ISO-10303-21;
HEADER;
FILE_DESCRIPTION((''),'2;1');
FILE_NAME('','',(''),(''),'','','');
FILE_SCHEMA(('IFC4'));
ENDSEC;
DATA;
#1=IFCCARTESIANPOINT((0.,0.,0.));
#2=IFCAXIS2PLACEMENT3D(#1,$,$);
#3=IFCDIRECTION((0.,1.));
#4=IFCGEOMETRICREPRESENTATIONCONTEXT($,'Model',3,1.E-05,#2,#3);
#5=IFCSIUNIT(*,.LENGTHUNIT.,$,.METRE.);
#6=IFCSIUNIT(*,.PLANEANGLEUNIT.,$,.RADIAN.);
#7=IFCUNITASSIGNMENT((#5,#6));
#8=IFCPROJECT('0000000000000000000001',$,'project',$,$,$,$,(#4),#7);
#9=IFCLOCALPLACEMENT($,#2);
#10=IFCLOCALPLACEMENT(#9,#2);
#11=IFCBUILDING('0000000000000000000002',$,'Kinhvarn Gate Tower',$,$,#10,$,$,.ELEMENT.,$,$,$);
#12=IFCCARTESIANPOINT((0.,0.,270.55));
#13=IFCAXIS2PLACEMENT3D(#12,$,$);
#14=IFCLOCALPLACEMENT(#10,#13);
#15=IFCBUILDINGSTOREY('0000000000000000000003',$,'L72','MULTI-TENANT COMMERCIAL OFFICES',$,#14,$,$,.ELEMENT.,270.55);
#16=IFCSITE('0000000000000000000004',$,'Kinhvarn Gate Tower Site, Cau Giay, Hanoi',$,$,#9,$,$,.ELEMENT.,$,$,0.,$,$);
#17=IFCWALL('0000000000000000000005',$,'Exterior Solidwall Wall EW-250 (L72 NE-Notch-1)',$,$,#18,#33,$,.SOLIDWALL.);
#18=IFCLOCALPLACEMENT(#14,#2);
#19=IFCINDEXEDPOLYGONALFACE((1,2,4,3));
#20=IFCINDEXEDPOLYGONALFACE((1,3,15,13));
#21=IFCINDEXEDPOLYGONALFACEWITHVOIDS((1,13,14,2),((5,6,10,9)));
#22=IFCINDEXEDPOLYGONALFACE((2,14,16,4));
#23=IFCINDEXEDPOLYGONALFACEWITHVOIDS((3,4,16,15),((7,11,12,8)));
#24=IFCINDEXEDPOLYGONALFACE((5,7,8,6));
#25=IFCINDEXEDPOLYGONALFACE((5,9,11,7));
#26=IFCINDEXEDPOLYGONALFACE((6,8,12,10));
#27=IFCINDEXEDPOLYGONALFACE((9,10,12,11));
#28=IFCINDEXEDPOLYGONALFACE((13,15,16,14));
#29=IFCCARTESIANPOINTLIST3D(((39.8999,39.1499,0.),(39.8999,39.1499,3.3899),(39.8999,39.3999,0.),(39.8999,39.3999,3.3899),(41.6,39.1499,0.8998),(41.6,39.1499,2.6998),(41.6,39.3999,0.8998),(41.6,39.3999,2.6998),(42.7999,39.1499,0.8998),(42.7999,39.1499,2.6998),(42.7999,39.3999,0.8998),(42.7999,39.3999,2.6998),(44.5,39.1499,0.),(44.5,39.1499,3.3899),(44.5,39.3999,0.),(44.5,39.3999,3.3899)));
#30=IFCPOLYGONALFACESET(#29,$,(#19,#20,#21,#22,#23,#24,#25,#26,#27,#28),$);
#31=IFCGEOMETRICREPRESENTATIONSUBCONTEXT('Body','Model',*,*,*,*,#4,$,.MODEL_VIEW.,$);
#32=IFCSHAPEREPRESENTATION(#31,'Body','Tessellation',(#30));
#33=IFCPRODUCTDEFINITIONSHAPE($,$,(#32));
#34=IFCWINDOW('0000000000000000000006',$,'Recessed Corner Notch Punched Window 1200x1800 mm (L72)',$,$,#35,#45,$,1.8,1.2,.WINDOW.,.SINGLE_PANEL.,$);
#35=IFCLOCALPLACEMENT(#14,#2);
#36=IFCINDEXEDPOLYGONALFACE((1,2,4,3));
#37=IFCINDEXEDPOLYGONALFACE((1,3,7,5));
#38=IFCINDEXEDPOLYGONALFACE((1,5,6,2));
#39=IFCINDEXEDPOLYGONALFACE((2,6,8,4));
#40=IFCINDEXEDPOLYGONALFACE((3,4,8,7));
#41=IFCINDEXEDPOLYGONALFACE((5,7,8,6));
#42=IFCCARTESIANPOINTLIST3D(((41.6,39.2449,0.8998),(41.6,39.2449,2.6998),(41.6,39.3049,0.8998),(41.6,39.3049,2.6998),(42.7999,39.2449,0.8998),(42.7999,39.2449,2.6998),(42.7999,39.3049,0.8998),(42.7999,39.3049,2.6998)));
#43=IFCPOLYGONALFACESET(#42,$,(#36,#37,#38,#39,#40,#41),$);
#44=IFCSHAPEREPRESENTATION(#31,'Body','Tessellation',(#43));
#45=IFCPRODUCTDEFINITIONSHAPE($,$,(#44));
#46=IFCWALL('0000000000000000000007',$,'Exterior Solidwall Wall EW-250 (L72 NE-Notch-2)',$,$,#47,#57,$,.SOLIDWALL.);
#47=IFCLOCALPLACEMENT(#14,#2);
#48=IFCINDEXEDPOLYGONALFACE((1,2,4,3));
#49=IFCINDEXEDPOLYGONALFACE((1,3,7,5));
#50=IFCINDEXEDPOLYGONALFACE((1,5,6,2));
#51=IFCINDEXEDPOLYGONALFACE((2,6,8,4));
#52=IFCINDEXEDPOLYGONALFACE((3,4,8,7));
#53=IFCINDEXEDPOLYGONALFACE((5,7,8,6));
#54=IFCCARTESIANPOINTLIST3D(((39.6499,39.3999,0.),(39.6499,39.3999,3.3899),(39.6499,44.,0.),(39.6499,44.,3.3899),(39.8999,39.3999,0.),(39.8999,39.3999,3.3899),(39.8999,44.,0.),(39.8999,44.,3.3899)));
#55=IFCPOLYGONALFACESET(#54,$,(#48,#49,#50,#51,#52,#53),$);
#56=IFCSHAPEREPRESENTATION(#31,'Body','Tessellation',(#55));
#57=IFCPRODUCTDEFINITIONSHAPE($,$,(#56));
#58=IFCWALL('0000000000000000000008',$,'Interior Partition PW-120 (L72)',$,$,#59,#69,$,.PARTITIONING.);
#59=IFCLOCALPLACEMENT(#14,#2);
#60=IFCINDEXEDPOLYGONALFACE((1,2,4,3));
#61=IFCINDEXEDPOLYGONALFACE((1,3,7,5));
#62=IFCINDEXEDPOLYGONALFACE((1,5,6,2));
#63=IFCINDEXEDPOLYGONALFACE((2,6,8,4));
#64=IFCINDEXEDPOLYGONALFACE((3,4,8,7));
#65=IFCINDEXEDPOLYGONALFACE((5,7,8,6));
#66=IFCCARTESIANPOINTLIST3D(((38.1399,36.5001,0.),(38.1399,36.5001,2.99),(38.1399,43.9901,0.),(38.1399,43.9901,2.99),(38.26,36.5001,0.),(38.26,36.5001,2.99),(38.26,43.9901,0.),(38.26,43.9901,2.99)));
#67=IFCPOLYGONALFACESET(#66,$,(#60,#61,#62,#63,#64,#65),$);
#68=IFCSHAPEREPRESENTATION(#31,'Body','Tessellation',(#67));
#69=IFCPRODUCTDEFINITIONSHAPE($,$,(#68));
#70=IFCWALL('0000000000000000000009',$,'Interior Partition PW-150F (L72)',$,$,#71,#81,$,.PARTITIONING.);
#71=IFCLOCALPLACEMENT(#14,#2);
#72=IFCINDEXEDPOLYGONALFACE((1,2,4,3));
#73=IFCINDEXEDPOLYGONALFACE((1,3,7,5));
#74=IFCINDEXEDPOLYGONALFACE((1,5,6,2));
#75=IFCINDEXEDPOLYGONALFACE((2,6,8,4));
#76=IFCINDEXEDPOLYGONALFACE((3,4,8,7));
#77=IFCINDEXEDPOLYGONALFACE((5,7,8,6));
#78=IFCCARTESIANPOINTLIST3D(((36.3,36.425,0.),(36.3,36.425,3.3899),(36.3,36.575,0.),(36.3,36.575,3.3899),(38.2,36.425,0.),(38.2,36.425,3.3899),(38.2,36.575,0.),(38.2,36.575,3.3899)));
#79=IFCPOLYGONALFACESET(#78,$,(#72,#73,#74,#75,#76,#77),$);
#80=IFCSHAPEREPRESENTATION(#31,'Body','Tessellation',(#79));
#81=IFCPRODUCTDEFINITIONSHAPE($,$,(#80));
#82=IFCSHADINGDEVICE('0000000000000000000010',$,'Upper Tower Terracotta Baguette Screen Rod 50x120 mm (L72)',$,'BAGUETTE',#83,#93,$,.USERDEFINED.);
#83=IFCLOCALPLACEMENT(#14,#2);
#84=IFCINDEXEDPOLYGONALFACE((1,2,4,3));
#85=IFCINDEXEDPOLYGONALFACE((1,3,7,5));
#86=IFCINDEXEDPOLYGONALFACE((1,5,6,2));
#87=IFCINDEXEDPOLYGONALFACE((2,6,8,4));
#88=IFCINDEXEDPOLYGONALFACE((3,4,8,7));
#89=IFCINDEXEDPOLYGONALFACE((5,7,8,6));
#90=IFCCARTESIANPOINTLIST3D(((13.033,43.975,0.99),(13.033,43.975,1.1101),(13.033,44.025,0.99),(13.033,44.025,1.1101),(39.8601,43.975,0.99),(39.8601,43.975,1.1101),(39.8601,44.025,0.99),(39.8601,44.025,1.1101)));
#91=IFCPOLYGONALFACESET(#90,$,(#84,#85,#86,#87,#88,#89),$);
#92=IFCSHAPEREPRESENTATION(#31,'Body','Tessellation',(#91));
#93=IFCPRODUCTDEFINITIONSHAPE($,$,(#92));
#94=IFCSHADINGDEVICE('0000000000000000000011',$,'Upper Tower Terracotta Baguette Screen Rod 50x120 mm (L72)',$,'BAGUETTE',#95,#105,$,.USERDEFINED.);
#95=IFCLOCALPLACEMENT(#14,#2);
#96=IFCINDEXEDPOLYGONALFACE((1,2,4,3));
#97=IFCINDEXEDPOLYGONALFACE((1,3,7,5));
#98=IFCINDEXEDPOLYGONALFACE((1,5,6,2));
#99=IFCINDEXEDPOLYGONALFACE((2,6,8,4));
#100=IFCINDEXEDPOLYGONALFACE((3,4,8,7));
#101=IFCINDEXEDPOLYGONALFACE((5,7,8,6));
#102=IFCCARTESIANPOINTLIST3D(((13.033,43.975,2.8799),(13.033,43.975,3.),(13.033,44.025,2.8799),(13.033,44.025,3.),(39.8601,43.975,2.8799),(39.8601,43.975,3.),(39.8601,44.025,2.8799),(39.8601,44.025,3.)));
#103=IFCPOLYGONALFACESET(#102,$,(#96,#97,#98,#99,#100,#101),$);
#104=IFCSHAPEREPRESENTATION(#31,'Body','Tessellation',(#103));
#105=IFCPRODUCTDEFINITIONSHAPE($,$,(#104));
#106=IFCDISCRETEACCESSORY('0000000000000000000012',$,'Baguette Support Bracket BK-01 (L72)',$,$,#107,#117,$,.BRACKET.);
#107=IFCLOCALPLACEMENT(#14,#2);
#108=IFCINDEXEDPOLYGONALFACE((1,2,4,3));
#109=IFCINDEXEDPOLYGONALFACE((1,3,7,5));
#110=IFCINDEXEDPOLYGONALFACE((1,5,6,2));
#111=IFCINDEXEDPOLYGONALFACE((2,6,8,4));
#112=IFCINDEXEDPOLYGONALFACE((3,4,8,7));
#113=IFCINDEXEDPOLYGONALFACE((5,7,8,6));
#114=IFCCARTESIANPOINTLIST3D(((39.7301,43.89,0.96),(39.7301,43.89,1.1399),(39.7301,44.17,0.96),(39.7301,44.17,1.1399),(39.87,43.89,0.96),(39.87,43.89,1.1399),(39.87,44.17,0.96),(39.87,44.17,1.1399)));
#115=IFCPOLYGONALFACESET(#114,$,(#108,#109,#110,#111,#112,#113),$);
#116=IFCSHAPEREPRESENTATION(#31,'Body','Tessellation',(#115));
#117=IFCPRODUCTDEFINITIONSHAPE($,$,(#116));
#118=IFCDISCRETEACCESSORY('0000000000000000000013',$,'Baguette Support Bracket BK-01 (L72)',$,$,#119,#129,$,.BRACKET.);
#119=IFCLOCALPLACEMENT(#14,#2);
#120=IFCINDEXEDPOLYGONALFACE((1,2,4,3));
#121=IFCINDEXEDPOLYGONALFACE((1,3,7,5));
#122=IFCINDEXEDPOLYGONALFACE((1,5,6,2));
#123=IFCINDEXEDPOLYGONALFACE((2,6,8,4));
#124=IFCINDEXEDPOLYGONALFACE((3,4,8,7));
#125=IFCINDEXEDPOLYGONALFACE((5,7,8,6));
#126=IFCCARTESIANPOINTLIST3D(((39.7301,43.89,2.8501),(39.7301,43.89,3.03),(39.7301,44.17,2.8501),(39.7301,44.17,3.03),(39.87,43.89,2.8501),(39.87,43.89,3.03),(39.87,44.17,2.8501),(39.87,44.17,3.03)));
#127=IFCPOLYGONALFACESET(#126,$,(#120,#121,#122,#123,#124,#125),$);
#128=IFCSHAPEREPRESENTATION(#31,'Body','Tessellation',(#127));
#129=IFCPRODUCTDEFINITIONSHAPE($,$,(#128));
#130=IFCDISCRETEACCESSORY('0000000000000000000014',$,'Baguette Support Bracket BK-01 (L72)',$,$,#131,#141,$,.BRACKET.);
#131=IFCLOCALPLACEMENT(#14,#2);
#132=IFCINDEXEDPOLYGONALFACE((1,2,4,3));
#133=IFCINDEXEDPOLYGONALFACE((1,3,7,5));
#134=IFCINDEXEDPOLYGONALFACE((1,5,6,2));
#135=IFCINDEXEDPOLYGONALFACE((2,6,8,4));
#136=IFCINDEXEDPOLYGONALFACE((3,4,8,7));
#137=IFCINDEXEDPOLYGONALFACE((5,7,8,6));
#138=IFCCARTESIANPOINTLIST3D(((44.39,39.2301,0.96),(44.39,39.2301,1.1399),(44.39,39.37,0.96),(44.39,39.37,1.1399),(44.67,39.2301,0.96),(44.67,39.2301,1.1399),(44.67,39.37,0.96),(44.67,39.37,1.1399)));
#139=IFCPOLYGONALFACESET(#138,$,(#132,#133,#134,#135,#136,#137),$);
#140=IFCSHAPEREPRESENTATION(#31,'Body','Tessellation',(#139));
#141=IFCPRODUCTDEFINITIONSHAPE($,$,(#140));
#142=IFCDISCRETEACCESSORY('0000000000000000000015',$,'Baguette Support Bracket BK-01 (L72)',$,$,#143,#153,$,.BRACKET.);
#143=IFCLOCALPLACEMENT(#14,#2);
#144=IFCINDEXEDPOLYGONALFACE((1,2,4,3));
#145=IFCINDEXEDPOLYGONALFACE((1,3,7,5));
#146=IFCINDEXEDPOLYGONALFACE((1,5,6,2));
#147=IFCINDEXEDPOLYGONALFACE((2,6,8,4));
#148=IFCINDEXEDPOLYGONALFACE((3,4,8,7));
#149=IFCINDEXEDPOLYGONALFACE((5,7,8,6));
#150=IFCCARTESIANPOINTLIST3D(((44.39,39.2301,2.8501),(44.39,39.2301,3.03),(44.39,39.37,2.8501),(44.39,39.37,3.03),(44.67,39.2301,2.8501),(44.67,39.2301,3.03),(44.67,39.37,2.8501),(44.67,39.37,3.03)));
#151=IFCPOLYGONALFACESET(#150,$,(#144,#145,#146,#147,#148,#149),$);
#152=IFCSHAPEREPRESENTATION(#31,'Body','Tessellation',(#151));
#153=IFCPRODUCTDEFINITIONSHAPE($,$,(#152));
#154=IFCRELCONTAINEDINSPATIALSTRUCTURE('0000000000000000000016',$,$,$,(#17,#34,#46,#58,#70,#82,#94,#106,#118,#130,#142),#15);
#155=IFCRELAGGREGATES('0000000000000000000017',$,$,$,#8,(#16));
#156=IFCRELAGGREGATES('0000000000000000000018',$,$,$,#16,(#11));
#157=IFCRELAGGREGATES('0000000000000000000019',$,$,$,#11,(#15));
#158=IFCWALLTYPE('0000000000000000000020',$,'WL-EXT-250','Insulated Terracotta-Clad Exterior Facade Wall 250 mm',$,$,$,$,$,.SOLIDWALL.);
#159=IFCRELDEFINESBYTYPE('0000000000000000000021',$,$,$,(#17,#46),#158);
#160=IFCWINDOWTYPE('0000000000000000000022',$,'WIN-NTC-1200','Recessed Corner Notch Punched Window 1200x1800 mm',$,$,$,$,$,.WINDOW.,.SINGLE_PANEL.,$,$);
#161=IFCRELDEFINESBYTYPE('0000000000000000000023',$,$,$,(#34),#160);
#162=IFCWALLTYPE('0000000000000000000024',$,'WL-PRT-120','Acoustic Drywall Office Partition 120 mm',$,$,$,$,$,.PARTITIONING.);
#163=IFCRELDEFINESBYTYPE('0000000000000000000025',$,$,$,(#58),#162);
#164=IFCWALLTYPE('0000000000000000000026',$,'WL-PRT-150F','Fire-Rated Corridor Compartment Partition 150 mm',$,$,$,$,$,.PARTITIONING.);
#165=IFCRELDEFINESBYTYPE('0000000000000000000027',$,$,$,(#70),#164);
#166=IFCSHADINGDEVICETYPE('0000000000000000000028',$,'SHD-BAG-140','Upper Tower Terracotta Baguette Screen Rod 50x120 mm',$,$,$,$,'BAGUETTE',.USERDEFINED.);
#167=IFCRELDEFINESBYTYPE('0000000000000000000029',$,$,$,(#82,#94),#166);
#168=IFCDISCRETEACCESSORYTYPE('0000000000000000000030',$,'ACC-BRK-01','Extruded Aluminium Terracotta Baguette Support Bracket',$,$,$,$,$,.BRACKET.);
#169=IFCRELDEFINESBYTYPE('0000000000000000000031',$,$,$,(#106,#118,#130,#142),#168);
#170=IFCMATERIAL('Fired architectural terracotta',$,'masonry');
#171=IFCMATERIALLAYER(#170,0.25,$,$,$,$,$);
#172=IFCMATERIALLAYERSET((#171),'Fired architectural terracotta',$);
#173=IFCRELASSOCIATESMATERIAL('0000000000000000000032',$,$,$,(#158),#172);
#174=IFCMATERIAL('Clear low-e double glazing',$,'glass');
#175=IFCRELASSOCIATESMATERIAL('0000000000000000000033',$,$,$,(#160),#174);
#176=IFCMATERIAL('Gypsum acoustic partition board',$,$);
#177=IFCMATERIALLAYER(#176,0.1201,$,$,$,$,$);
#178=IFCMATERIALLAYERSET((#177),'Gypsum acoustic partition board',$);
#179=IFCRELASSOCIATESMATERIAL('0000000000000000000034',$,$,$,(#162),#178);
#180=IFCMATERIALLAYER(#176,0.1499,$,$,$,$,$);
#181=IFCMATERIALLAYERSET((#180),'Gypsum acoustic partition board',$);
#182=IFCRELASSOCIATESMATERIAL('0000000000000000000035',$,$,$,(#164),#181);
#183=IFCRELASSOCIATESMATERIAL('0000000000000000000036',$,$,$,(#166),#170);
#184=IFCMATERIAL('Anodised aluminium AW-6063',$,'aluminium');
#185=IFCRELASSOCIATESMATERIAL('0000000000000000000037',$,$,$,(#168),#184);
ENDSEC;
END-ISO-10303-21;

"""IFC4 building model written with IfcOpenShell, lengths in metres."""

from ifc_helpers import new_model, si_unit, direction, frame, frame_2d, origin, origin_2d, place, context, subcontext, project, spatial, rectangle, extrude, material, layer, layer_set, material_profile, profile_set, type_object, element, fill, save


model = new_model("IFC4")

# Units and contexts
model_context = context("Model", 3, precision=1e-05, world=origin(), true_north=direction((0.0, 1.0)))
body_context = subcontext(model_context, "Body", "Model", "MODEL_VIEW")
ifc_project = project(units=[si_unit("LENGTHUNIT", "METRE"), si_unit("PLANEANGLEUNIT", "RADIAN")], contexts=[model_context])

# Site, building, storey
site_placement = place(None, origin())
site = spatial("IfcSite", under=ifc_project, at=site_placement, Name="Kinhvarn Gate Tower Site, Cau Giay, Hanoi", CompositionType="ELEMENT", RefElevation=0.0)
building_placement = place(site_placement, origin())
building = spatial("IfcBuilding", under=site, at=building_placement, Name="Kinhvarn Gate Tower", CompositionType="ELEMENT")
storey_placement = place(building_placement, frame((0.0, 0.0, 270.55)))
storey = spatial("IfcBuildingStorey", under=building, at=storey_placement, Name="L72", Description="MULTI-TENANT COMMERCIAL OFFICES", CompositionType="ELEMENT", Elevation=270.55)

# Shared definitions
ifc_material_1 = material(Name="Anodised aluminium AW-6063", Category="aluminium")

# Shared definitions
ifc_material_2 = material(Name="Clear low-e double glazing", Category="glass")

# Wall, opening, window
ifc_material_3 = material(Name="Fired architectural terracotta", Category="masonry")
ifc_layer_1 = layer(ifc_material_3, 0.25)
ifc_layer_set_1 = layer_set([ifc_layer_1], Name="Fired architectural terracotta")
wall_type_1 = type_object("IfcWallType", Name="WL-EXT-250", Description="Insulated Terracotta-Clad Exterior Facade Wall 250 mm", PredefinedType="SOLIDWALL", material=ifc_layer_set_1)
wall_1_placement = place(storey_placement, frame((44.5, 39.2749, 0.0), z_axis=(0.0, 0.0, 1.0), x_axis=(-1.0, 0.0, 0.0)))
wall_1 = element("IfcWall", 1, at=wall_1_placement, inside=storey, type_object=wall_type_1, Name="Exterior Solidwall Wall EW-250 (L72 NE-Notch-1)", PredefinedType="SOLIDWALL", context=body_context, shape_type="SweptSolid", body=[
    extrude(rectangle(XDim=4.6001, YDim=0.25, at=frame_2d((2.3, 0.0))), origin(), (0.0, 0.0, 1.0), 3.3899),
])
opening_placement = place(wall_1_placement, frame((1.7, 0.0, 0.8999)))
opening = element("IfcOpeningElement", 2, at=opening_placement, cuts=wall_1, PredefinedType="OPENING", context=body_context, shape_type="SweptSolid", body=[
    extrude(rectangle(XDim=1.2, YDim=1.8, at=frame_2d((0.6001, 0.8999))), frame((0.0, 0.135, 0.0), z_axis=(0.0, -1.0, 0.0), x_axis=(1.0, 0.0, 0.0)), (0.0, 0.0, 1.0), 0.27),
])
window_type = type_object("IfcWindowType", Name="WIN-NTC-1200", Description="Recessed Corner Notch Punched Window 1200x1800 mm", PartitioningType="SINGLE_PANEL", PredefinedType="WINDOW", material=ifc_material_2)
window_placement = place(opening_placement, origin())
window = element("IfcWindow", 3, at=window_placement, inside=storey, type_object=window_type, Name="Recessed Corner Notch Punched Window 1200x1800 mm (L72)", OverallHeight=1.8, OverallWidth=1.2, PartitioningType="SINGLE_PANEL", PredefinedType="WINDOW", context=body_context, shape_type="SweptSolid", body=[
    extrude(rectangle(XDim=1.2, YDim=1.8, at=frame_2d((0.6001, 0.8999))), frame((0.0, 0.03, 0.0), z_axis=(0.0, -1.0, 0.0), x_axis=(1.0, 0.0, 0.0)), (0.0, 0.0, 1.0), 0.0601),
])
fill(opening, window)

# Walls
wall_2_placement = place(storey_placement, frame((39.7749, 39.3999, 0.0), z_axis=(0.0, 0.0, 1.0), x_axis=(0.0, 1.0, 0.0)))
element("IfcWall", 4, at=wall_2_placement, inside=storey, type_object=wall_type_1, Name="Exterior Solidwall Wall EW-250 (L72 NE-Notch-2)", PredefinedType="SOLIDWALL", context=body_context, shape_type="SweptSolid", body=[
    extrude(rectangle(XDim=4.6001, YDim=0.25, at=frame_2d((2.3, 0.0))), origin(), (0.0, 0.0, 1.0), 3.3899),
])
ifc_material_4 = material(Name="Gypsum acoustic partition board")
ifc_layer_2 = layer(ifc_material_4, 0.1201)
ifc_layer_set_2 = layer_set([ifc_layer_2], Name="Gypsum acoustic partition board")
wall_type_2 = type_object("IfcWallType", Name="WL-PRT-120", Description="Acoustic Drywall Office Partition 120 mm", PredefinedType="PARTITIONING", material=ifc_layer_set_2)
wall_3_placement = place(storey_placement, frame((38.2, 36.5, 0.0), z_axis=(0.0, 0.0, 1.0), x_axis=(0.0, 1.0, 0.0)))
element("IfcWall", 5, at=wall_3_placement, inside=storey, type_object=wall_type_2, Name="Interior Partition PW-120 (L72)", PredefinedType="PARTITIONING", context=body_context, shape_type="SweptSolid", body=[
    extrude(rectangle(XDim=7.49, YDim=0.1201, at=frame_2d((3.7451, 0.0))), origin(), (0.0, 0.0, 1.0), 2.99),
])
ifc_layer_3 = layer(ifc_material_4, 0.1499)
ifc_layer_set_3 = layer_set([ifc_layer_3], Name="Gypsum acoustic partition board")
wall_type_3 = type_object("IfcWallType", Name="WL-PRT-150F", Description="Fire-Rated Corridor Compartment Partition 150 mm", PredefinedType="PARTITIONING", material=ifc_layer_set_3)
wall_4_placement = place(storey_placement, frame((36.3, 36.5, 0.0), z_axis=(0.0, 0.0, 1.0), x_axis=(1.0, 0.0, 0.0)))
element("IfcWall", 6, at=wall_4_placement, inside=storey, type_object=wall_type_3, Name="Interior Partition PW-150F (L72)", PredefinedType="PARTITIONING", context=body_context, shape_type="SweptSolid", body=[
    extrude(rectangle(XDim=1.8999, YDim=0.1499, at=frame_2d((0.95, 0.0))), origin(), (0.0, 0.0, 1.0), 3.3899),
])

# Shading devices
ifc_material_profile_1 = material_profile(ifc_material_3, rectangle(XDim=0.05, YDim=0.1201, at=origin_2d()), Name="TC 50x120")
ifc_profile_set_1 = profile_set([ifc_material_profile_1], Name="Fired architectural terracotta")
shading_device_type = type_object("IfcShadingDeviceType", Name="SHD-BAG-140", Description="Upper Tower Terracotta Baguette Screen Rod 50x120 mm", ElementType="BAGUETTE", PredefinedType="USERDEFINED", material=ifc_profile_set_1)
for number, where, z_axis, x_axis, name in (
    (7, (39.8601, 44.0, 1.05), (-1.0, 0.0, 0.0), (0.0, -1.0, 0.0), "Upper Tower Terracotta Baguette Screen Rod 50x120 mm (L72)"),
    (8, (39.8601, 44.0, 2.9399), (-1.0, 0.0, 0.0), (0.0, -1.0, 0.0), "Upper Tower Terracotta Baguette Screen Rod 50x120 mm (L72)"),
):
    element("IfcShadingDevice", number, at=place(storey_placement, frame(where, z_axis=z_axis, x_axis=x_axis)), inside=storey, type_object=shading_device_type, Name=name, ObjectType="BAGUETTE", PredefinedType="USERDEFINED", context=body_context, shape_type="SweptSolid", body=[
        extrude(rectangle(XDim=0.05, YDim=0.1201, at=origin_2d()), origin(), (0.0, 0.0, 1.0), 26.8271),
    ])

# Discrete accessories
discrete_accessory_type = type_object("IfcDiscreteAccessoryType", Name="ACC-BRK-01", Description="Extruded Aluminium Terracotta Baguette Support Bracket", PredefinedType="BRACKET", material=ifc_material_1)
for number, where, z_axis, x_axis, name in (
    (9, (39.8, 44.03, 0.96), (0.0, 0.0, 1.0), (-1.0, 0.0, 0.0), "Baguette Support Bracket BK-01 (L72)"),
    (10, (39.8, 44.03, 2.8501), (0.0, 0.0, 1.0), (-1.0, 0.0, 0.0), "Baguette Support Bracket BK-01 (L72)"),
    (11, (44.53, 39.3, 0.96), (0.0, 0.0, 1.0), (0.0, 1.0, 0.0), "Baguette Support Bracket BK-01 (L72)"),
    (12, (44.53, 39.3, 2.8501), (0.0, 0.0, 1.0), (0.0, 1.0, 0.0), "Baguette Support Bracket BK-01 (L72)"),
):
    element("IfcDiscreteAccessory", number, at=place(storey_placement, frame(where, z_axis=z_axis, x_axis=x_axis)), inside=storey, type_object=discrete_accessory_type, Name=name, PredefinedType="BRACKET", context=body_context, shape_type="SweptSolid", body=[
        extrude(rectangle(XDim=0.1399, YDim=0.28, at=origin_2d()), origin(), (0.0, 0.0, 1.0), 0.1799),
    ])

save(model, "model.ifc")
